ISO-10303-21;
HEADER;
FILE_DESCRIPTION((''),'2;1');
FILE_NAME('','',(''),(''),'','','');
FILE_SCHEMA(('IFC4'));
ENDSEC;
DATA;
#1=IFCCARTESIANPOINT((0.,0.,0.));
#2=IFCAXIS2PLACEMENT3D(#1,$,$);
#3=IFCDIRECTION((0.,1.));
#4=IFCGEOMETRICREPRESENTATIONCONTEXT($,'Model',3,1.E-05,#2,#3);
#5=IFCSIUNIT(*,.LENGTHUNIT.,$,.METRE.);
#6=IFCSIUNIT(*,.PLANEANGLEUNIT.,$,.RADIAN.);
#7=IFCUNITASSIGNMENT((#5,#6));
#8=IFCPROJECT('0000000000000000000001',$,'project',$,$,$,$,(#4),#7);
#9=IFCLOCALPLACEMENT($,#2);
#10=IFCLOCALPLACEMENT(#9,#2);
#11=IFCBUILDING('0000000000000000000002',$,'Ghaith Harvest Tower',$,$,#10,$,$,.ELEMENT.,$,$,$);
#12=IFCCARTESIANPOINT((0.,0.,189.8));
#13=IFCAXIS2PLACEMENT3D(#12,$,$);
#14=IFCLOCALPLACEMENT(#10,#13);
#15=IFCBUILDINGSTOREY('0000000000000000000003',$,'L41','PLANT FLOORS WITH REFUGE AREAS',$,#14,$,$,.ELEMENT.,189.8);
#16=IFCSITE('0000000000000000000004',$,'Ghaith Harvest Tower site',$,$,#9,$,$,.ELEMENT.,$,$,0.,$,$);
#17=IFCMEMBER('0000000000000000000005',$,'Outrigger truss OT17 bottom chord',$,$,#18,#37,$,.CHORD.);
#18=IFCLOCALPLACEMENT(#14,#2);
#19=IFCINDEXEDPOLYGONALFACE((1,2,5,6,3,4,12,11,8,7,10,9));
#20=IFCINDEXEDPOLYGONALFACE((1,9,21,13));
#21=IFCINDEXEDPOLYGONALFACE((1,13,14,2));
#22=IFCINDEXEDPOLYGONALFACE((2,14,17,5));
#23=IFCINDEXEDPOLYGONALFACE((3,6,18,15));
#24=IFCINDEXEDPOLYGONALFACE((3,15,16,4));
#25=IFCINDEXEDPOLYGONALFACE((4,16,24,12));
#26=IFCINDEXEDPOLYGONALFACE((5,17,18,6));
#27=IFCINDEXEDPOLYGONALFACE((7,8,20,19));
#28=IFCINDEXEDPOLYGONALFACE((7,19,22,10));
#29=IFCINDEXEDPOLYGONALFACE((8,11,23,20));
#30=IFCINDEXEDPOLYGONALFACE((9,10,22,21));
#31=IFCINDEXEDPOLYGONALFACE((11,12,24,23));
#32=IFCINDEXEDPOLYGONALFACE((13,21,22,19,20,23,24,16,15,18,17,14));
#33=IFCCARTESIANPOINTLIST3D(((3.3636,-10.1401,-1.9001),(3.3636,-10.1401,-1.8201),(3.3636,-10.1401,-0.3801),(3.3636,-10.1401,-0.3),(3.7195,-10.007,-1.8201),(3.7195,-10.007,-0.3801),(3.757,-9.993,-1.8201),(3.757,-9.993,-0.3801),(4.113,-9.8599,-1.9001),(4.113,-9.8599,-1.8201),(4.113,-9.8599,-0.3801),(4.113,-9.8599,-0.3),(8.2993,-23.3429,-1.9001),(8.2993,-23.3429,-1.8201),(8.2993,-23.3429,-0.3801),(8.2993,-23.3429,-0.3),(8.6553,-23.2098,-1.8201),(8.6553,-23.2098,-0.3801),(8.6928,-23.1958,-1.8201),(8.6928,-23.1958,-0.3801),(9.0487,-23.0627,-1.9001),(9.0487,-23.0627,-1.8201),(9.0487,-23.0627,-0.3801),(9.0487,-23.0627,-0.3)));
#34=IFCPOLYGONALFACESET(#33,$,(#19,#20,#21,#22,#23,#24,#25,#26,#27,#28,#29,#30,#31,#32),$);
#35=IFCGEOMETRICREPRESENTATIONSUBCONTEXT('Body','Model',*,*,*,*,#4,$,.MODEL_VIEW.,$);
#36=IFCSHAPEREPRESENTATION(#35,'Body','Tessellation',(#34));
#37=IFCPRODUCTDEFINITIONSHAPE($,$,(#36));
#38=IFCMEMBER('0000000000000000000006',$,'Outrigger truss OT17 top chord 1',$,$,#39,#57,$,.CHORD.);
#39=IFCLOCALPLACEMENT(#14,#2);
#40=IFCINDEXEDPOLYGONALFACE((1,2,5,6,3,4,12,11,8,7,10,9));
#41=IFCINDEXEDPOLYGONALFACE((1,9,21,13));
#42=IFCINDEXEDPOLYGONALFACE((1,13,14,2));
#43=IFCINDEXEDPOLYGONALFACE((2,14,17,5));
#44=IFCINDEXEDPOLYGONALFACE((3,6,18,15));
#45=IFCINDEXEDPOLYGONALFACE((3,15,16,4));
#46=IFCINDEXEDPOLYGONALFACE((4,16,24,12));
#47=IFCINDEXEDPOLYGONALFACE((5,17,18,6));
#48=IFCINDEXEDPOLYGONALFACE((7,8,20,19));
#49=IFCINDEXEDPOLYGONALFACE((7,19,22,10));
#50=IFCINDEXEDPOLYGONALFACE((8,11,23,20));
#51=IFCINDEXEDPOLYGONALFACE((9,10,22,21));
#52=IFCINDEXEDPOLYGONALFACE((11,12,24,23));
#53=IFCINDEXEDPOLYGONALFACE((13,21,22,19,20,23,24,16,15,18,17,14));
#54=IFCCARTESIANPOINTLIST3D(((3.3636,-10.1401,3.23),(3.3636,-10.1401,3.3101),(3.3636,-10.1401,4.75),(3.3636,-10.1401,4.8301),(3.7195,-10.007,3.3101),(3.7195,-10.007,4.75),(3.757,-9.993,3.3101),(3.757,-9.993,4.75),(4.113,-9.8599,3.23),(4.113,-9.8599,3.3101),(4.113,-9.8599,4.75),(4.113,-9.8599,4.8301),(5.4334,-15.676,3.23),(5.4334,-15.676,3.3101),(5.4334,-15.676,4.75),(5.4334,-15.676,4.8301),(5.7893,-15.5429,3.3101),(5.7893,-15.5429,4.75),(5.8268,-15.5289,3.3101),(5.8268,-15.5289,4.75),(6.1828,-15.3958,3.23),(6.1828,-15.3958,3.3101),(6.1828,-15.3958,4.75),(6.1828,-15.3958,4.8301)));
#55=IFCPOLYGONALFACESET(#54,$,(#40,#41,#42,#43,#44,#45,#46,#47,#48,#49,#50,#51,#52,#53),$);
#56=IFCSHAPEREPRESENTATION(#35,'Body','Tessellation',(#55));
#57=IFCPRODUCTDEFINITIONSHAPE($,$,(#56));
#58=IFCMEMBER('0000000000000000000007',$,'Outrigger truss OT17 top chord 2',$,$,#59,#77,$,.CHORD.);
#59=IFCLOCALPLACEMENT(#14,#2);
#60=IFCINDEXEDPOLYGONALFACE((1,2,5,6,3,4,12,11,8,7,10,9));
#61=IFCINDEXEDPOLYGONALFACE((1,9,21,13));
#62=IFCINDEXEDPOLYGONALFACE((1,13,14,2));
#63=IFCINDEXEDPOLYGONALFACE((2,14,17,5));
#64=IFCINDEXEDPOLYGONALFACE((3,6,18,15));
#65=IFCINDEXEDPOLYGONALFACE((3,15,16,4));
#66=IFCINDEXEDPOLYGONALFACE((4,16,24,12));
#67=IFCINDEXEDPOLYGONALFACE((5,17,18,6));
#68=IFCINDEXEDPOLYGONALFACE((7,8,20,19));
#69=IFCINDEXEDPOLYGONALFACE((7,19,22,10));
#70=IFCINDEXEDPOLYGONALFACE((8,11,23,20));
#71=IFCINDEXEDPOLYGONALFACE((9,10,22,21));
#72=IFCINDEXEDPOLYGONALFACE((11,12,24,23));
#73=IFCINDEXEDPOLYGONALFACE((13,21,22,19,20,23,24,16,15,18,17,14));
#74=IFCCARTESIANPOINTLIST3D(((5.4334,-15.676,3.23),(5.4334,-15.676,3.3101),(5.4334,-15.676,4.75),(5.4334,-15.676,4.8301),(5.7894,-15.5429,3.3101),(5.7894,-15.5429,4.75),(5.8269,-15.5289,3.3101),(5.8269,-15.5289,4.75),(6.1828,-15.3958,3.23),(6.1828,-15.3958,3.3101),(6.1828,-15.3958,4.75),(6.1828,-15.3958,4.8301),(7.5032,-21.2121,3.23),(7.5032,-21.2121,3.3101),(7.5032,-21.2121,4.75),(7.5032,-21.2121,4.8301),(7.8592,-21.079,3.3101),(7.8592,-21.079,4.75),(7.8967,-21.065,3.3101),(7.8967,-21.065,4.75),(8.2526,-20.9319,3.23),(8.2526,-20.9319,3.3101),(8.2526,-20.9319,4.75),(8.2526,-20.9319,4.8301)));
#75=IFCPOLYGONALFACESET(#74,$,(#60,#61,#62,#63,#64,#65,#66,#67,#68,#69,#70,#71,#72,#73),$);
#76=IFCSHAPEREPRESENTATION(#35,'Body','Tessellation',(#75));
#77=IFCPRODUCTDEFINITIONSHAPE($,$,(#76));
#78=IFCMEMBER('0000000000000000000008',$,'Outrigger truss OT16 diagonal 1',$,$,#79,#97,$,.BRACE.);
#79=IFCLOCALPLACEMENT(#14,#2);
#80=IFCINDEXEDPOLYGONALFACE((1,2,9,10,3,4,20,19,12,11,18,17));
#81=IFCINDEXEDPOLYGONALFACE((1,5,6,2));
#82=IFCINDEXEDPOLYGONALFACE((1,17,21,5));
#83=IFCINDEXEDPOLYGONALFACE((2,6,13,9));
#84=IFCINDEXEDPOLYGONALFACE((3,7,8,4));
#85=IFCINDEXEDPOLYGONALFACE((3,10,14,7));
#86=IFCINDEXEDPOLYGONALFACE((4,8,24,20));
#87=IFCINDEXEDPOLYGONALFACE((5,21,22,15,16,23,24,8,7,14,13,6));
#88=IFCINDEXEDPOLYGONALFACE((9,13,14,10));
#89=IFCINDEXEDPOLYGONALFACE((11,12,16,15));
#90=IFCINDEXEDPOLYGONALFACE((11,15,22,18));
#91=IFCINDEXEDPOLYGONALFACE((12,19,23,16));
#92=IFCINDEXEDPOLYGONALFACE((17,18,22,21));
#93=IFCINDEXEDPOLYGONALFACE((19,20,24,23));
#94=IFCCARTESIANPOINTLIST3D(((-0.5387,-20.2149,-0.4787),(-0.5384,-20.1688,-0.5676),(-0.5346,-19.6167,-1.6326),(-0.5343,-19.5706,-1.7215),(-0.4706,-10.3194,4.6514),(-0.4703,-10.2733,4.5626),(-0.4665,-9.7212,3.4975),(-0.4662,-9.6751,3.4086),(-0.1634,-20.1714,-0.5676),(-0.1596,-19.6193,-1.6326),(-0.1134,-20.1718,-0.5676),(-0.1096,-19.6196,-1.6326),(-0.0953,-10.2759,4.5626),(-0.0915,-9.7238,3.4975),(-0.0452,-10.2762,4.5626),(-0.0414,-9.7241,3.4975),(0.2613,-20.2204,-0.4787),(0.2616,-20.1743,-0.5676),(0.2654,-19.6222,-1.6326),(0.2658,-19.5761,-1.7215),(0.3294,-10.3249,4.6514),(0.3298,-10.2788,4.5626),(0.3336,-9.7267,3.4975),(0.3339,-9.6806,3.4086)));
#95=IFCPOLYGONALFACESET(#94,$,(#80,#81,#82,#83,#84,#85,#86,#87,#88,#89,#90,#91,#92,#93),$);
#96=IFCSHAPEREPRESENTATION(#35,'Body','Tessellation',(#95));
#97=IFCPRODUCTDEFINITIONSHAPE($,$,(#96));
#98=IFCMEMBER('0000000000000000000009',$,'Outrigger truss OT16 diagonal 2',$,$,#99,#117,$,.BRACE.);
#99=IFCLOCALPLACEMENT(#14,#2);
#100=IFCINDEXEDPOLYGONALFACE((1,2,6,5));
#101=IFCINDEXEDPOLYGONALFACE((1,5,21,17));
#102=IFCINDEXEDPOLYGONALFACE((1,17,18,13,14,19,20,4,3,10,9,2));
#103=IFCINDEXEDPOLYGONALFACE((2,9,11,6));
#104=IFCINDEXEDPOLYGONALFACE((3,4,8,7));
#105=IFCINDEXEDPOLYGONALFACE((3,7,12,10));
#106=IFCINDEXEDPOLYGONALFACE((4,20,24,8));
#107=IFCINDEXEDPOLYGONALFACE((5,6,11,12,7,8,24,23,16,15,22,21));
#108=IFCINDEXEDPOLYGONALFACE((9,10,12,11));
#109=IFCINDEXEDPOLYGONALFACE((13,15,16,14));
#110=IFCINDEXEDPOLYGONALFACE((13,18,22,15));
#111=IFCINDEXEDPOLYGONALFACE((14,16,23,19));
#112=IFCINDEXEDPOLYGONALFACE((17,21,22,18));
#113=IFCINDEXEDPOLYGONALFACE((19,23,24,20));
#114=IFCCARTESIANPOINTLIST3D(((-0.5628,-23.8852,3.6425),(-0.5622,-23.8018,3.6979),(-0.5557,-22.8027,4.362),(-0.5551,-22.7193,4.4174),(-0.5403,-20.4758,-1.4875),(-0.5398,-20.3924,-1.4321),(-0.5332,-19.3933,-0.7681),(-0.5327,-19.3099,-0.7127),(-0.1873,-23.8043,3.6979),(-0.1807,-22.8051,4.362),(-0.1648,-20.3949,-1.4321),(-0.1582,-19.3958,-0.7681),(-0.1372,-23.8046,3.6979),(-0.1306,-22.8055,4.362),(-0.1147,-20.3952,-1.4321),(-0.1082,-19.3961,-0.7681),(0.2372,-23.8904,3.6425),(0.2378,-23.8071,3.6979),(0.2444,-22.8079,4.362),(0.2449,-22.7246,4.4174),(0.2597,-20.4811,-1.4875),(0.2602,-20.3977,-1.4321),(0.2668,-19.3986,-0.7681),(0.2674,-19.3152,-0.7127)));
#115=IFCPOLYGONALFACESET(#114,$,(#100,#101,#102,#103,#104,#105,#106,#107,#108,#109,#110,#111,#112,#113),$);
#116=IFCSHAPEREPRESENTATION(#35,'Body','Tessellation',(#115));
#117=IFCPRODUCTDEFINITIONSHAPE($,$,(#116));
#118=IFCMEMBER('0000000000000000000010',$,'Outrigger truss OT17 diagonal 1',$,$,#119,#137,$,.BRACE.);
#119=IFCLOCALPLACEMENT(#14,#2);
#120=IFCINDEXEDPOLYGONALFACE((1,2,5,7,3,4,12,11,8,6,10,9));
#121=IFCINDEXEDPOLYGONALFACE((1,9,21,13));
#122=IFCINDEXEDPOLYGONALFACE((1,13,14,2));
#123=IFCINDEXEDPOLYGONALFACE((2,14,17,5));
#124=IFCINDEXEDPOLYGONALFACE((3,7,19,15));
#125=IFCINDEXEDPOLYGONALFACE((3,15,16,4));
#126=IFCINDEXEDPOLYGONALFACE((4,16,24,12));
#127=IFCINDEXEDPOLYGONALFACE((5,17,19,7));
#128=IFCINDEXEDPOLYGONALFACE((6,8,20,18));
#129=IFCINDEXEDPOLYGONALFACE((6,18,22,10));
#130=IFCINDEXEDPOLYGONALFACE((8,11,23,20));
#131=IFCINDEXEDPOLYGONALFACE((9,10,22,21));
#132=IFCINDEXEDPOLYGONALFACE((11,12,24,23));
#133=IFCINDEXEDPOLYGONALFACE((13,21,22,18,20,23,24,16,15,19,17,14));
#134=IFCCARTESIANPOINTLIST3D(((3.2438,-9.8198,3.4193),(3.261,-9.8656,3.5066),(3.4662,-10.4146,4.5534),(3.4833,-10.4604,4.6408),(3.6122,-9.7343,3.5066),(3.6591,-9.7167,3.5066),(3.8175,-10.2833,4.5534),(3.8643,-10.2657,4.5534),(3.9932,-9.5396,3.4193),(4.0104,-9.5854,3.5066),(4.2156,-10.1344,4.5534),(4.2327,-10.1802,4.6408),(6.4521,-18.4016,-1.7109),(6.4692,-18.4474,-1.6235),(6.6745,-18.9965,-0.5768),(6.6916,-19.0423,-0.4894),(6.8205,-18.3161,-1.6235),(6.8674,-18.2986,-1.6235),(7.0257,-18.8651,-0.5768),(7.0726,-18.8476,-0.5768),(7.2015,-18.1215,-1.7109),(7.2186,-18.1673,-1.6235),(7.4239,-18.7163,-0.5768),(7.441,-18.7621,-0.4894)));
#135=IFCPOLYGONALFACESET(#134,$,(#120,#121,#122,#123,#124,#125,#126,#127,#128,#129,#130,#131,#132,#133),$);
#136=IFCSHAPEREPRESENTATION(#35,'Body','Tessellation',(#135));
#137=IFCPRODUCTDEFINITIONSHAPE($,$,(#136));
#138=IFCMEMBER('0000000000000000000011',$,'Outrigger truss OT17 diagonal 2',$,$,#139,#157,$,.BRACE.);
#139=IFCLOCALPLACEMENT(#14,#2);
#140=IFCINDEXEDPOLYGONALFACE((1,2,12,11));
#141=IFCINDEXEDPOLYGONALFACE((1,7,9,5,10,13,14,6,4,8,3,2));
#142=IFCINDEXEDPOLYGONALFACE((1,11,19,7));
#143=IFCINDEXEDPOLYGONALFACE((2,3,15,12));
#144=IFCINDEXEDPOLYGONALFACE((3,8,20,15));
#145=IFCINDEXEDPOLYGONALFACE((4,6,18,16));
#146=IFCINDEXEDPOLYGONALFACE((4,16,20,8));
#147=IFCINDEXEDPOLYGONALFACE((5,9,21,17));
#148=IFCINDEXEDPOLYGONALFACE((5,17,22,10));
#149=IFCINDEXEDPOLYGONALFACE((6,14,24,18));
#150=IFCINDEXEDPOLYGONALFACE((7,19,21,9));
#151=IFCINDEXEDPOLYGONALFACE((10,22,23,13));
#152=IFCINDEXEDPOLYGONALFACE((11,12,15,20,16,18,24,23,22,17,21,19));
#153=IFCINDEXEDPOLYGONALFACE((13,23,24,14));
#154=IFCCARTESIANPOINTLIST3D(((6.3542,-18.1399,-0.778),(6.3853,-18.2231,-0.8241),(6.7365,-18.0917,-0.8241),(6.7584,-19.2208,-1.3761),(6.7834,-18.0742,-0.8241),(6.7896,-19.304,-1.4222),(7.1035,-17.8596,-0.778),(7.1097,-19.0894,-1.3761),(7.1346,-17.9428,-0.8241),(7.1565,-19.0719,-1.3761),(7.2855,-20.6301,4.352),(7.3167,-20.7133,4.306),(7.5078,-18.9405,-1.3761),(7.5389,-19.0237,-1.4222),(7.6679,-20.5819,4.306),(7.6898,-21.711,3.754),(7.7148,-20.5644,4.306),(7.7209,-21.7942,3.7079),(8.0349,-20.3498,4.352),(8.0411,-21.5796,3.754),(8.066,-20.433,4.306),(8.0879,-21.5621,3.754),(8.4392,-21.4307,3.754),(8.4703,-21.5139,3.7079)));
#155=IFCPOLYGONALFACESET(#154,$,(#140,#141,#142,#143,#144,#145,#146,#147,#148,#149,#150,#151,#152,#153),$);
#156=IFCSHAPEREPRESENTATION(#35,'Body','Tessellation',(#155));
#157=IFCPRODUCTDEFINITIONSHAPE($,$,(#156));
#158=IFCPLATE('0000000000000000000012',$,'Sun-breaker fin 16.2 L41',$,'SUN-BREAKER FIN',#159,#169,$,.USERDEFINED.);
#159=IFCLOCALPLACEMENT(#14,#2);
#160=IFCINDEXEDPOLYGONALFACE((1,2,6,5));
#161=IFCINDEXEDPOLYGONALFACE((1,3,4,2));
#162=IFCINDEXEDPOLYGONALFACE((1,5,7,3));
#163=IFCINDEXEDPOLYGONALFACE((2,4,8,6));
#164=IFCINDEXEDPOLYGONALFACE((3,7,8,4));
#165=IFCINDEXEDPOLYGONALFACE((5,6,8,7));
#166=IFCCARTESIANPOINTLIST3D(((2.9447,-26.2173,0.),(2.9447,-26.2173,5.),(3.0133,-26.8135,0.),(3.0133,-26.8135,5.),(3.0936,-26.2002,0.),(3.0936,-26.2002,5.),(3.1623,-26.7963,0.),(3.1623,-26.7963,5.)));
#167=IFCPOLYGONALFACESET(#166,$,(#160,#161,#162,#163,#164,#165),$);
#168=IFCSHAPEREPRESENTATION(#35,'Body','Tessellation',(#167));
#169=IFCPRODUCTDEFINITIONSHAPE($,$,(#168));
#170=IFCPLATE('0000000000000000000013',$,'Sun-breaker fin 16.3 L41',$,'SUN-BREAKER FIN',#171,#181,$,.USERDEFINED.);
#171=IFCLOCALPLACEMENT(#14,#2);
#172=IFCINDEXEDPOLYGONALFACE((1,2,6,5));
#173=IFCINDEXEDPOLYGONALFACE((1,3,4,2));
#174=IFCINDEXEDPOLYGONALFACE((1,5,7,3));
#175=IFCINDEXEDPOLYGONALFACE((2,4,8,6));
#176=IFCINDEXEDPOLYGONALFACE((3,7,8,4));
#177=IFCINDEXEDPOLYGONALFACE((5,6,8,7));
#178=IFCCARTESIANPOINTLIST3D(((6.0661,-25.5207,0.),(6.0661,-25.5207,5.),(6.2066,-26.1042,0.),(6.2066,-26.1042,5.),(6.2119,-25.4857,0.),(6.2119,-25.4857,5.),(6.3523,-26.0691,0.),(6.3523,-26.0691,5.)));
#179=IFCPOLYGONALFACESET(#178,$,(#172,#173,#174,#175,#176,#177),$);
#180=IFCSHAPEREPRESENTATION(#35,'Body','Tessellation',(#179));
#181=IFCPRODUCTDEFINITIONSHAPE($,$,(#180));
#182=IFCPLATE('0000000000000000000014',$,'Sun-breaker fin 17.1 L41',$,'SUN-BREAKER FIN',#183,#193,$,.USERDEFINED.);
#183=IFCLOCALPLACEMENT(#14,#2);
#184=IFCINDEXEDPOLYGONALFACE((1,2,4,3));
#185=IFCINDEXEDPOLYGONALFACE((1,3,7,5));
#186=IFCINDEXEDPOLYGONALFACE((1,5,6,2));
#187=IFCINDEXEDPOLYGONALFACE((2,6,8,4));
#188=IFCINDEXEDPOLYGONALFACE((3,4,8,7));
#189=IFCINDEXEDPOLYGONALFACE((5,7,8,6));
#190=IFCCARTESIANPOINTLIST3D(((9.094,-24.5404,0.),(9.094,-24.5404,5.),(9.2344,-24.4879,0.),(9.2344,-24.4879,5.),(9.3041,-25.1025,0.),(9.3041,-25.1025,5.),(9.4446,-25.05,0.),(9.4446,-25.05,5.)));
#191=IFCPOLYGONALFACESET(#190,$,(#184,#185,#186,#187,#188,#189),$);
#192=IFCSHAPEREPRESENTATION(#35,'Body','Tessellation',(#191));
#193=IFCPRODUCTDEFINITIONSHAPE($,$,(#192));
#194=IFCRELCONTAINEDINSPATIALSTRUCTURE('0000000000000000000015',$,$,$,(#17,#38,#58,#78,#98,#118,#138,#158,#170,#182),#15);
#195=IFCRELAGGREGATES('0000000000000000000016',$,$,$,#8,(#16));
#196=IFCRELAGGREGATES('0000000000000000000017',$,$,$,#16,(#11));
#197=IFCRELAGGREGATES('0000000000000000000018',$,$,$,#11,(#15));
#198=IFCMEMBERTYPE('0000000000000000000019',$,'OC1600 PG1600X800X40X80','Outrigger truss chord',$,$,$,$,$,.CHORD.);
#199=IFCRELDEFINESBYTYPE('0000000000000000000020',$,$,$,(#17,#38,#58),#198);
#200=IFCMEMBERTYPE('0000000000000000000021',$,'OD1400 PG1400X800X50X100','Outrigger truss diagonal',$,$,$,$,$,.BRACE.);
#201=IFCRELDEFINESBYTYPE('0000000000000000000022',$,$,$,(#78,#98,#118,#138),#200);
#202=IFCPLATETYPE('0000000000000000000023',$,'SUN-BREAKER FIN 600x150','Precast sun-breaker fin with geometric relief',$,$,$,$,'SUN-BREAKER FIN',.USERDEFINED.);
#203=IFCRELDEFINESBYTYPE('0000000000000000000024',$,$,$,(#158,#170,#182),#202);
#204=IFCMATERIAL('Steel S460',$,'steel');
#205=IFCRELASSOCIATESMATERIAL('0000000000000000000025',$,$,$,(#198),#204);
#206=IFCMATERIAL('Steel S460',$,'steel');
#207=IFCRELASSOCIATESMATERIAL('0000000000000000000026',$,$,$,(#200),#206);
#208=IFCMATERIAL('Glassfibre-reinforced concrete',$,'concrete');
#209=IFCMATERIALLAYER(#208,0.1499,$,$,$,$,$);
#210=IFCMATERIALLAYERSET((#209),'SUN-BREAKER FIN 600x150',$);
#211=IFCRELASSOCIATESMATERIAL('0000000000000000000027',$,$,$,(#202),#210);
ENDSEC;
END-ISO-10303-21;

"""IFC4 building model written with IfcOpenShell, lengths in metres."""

from ifc_helpers import new_model, si_unit, direction, frame, origin, origin_2d, place, context, subcontext, project, spatial, rectangle, i_section, extrude, material, layer, layer_set, material_profile, profile_set, type_object, element, save


model = new_model("IFC4")

# Units and contexts
model_context = context("Model", 3, precision=1e-05, world=origin(), true_north=direction((0.0, 1.0)))
body_context = subcontext(model_context, "Body", "Model", "MODEL_VIEW")
ifc_project = project(units=[si_unit("LENGTHUNIT", "METRE"), si_unit("PLANEANGLEUNIT", "RADIAN")], contexts=[model_context])

# Site, building, storey
site_placement = place(None, origin())
site = spatial("IfcSite", under=ifc_project, at=site_placement, Name="Ghaith Harvest Tower site", CompositionType="ELEMENT", RefElevation=0.0)
building_placement = place(site_placement, origin())
building = spatial("IfcBuilding", under=site, at=building_placement, Name="Ghaith Harvest Tower", CompositionType="ELEMENT")
storey_placement = place(building_placement, frame((0.0, 0.0, 189.8)))
storey = spatial("IfcBuildingStorey", under=building, at=storey_placement, Name="L41", Description="PLANT FLOORS WITH REFUGE AREAS", CompositionType="ELEMENT", Elevation=189.8)

# Members
ifc_material_1 = material(Name="Steel S460", Category="steel")
ifc_material_profile_1 = material_profile(ifc_material_1, i_section(OverallWidth=0.8, OverallDepth=1.6001, WebThickness=0.04, FlangeThickness=0.0801, at=origin_2d()), Name="PG1600X800X40X80")
ifc_profile_set_1 = profile_set([ifc_material_profile_1], Name="Steel S460")
member_type_1 = type_object("IfcMemberType", Name="OC1600 PG1600X800X40X80", Description="Outrigger truss chord", PredefinedType="CHORD", material=ifc_profile_set_1)
member_1_placement = place(storey_placement, frame((3.7383, -10.0, -1.1001), z_axis=(0.350172, -0.936685, 0.0), x_axis=(0.936685, 0.350172, 0.0)))
element("IfcMember", 1, at=member_1_placement, inside=storey, type_object=member_type_1, Name="Outrigger truss OT17 bottom chord", PredefinedType="CHORD", context=body_context, shape_type="SweptSolid", body=[
    extrude(i_section(OverallWidth=0.8, OverallDepth=1.6001, WebThickness=0.04, FlangeThickness=0.0801, at=origin_2d()), origin(), (0.0, 0.0, 1.0), 14.0952),
])
member_2_placement = place(storey_placement, frame((3.7383, -10.0, 4.03), z_axis=(0.350213, -0.93667, 0.0), x_axis=(0.93667, 0.350213, 0.0)))
element("IfcMember", 2, at=member_2_placement, inside=storey, type_object=member_type_1, Name="Outrigger truss OT17 top chord 1", PredefinedType="CHORD", context=body_context, shape_type="SweptSolid", body=[
    extrude(i_section(OverallWidth=0.8, OverallDepth=1.6001, WebThickness=0.04, FlangeThickness=0.0801, at=origin_2d()), origin(), (0.0, 0.0, 1.0), 5.9102),
])
member_3_placement = place(storey_placement, frame((5.8081, -15.5359, 4.03), z_axis=(0.3502, -0.936675, 0.0), x_axis=(0.936675, 0.3502, 0.0)))
element("IfcMember", 3, at=member_3_placement, inside=storey, type_object=member_type_1, Name="Outrigger truss OT17 top chord 2", PredefinedType="CHORD", context=body_context, shape_type="SweptSolid", body=[
    extrude(i_section(OverallWidth=0.8, OverallDepth=1.6001, WebThickness=0.04, FlangeThickness=0.0801, at=origin_2d()), origin(), (0.0, 0.0, 1.0), 5.9104),
])
ifc_material_2 = material(Name="Steel S460", Category="steel")
ifc_material_profile_2 = material_profile(ifc_material_2, i_section(OverallWidth=0.8, OverallDepth=1.3999, WebThickness=0.05, FlangeThickness=0.1001, at=origin_2d()), Name="PG1400X800X50X100")
ifc_profile_set_2 = profile_set([ifc_material_profile_2], Name="Steel S460")
member_type_2 = type_object("IfcMemberType", Name="OD1400 PG1400X800X50X100", Description="Outrigger truss diagonal", PredefinedType="BRACE", material=ifc_profile_set_2)
member_4_placement = place(storey_placement, frame((-0.0684, -10.0, 4.03), z_axis=(-0.006111, -0.88777, -0.460247), x_axis=(0.999976, -0.006883, 0.0)))
element("IfcMember", 4, at=member_4_placement, inside=storey, type_object=member_type_2, Name="Outrigger truss OT16 diagonal 1", PredefinedType="BRACE", context=body_context, shape_type="SweptSolid", body=[
    extrude(i_section(OverallWidth=0.8, OverallDepth=1.3999, WebThickness=0.05, FlangeThickness=0.1001, at=origin_2d()), origin(), (0.0, 0.0, 1.0), 11.1465),
])
member_5_placement = place(storey_placement, frame((-0.1365, -19.8955, -1.1001), z_axis=(-0.003646, -0.553498, 0.832843), x_axis=(0.999978, -0.006588, 0.0)))
element("IfcMember", 5, at=member_5_placement, inside=storey, type_object=member_type_2, Name="Outrigger truss OT16 diagonal 2", PredefinedType="BRACE", context=body_context, shape_type="SweptSolid", body=[
    extrude(i_section(OverallWidth=0.8, OverallDepth=1.3999, WebThickness=0.05, FlangeThickness=0.1001, at=origin_2d()), origin(), (0.0, 0.0, 1.0), 6.1597),
])
member_6_placement = place(storey_placement, frame((3.7383, -10.0, 4.03), z_axis=(0.305537, -0.817283, -0.488565), x_axis=(0.936685, 0.350174, 0.0)))
element("IfcMember", 6, at=member_6_placement, inside=storey, type_object=member_type_2, Name="Outrigger truss OT17 diagonal 1", PredefinedType="BRACE", context=body_context, shape_type="SweptSolid", body=[
    extrude(i_section(OverallWidth=0.8, OverallDepth=1.3999, WebThickness=0.05, FlangeThickness=0.1001, at=origin_2d()), origin(), (0.0, 0.0, 1.0), 10.5005),
])
member_7_placement = place(storey_placement, frame((6.9465, -18.5818, -1.1001), z_axis=(0.161193, -0.430975, 0.88785), x_axis=(0.936631, 0.350318, 0.0)))
element("IfcMember", 7, at=member_7_placement, inside=storey, type_object=member_type_2, Name="Outrigger truss OT17 diagonal 2", PredefinedType="BRACE", context=body_context, shape_type="SweptSolid", body=[
    extrude(i_section(OverallWidth=0.8, OverallDepth=1.3999, WebThickness=0.05, FlangeThickness=0.1001, at=origin_2d()), origin(), (0.0, 0.0, 1.0), 5.7781),
])

# Plates
ifc_material_3 = material(Name="Glassfibre-reinforced concrete", Category="concrete")
ifc_layer_1 = layer(ifc_material_3, 0.1499)
ifc_layer_set_1 = layer_set([ifc_layer_1], Name="SUN-BREAKER FIN 600x150")
plate_type = type_object("IfcPlateType", Name="SUN-BREAKER FIN 600x150", Description="Precast sun-breaker fin with geometric relief", ElementType="SUN-BREAKER FIN", PredefinedType="USERDEFINED", material=ifc_layer_set_1)
for number, where, z_axis, x_axis, name in (
    (8, (3.0535, -26.5068, 0.0), (0.0, 0.0, 1.0), (0.114436, -0.993431, 0.0), "Sun-breaker fin 16.2 L41"),
    (9, (6.2092, -25.7949, 0.0), (0.0, 0.0, 1.0), (0.234028, -0.97223, 0.0), "Sun-breaker fin 16.3 L41"),
    (10, (9.2693, -24.7952, 0.0), (0.0, 0.0, 1.0), (0.350168, -0.936687, 0.0), "Sun-breaker fin 17.1 L41"),
):
    element("IfcPlate", number, at=place(storey_placement, frame(where, z_axis=z_axis, x_axis=x_axis)), inside=storey, type_object=plate_type, Name=name, ObjectType="SUN-BREAKER FIN", PredefinedType="USERDEFINED", context=body_context, shape_type="SweptSolid", body=[
        extrude(rectangle(XDim=0.6001, YDim=0.1499, at=origin_2d()), origin(), (0.0, 0.0, 1.0), 5.0),
    ])

save(model, "model.ifc")
